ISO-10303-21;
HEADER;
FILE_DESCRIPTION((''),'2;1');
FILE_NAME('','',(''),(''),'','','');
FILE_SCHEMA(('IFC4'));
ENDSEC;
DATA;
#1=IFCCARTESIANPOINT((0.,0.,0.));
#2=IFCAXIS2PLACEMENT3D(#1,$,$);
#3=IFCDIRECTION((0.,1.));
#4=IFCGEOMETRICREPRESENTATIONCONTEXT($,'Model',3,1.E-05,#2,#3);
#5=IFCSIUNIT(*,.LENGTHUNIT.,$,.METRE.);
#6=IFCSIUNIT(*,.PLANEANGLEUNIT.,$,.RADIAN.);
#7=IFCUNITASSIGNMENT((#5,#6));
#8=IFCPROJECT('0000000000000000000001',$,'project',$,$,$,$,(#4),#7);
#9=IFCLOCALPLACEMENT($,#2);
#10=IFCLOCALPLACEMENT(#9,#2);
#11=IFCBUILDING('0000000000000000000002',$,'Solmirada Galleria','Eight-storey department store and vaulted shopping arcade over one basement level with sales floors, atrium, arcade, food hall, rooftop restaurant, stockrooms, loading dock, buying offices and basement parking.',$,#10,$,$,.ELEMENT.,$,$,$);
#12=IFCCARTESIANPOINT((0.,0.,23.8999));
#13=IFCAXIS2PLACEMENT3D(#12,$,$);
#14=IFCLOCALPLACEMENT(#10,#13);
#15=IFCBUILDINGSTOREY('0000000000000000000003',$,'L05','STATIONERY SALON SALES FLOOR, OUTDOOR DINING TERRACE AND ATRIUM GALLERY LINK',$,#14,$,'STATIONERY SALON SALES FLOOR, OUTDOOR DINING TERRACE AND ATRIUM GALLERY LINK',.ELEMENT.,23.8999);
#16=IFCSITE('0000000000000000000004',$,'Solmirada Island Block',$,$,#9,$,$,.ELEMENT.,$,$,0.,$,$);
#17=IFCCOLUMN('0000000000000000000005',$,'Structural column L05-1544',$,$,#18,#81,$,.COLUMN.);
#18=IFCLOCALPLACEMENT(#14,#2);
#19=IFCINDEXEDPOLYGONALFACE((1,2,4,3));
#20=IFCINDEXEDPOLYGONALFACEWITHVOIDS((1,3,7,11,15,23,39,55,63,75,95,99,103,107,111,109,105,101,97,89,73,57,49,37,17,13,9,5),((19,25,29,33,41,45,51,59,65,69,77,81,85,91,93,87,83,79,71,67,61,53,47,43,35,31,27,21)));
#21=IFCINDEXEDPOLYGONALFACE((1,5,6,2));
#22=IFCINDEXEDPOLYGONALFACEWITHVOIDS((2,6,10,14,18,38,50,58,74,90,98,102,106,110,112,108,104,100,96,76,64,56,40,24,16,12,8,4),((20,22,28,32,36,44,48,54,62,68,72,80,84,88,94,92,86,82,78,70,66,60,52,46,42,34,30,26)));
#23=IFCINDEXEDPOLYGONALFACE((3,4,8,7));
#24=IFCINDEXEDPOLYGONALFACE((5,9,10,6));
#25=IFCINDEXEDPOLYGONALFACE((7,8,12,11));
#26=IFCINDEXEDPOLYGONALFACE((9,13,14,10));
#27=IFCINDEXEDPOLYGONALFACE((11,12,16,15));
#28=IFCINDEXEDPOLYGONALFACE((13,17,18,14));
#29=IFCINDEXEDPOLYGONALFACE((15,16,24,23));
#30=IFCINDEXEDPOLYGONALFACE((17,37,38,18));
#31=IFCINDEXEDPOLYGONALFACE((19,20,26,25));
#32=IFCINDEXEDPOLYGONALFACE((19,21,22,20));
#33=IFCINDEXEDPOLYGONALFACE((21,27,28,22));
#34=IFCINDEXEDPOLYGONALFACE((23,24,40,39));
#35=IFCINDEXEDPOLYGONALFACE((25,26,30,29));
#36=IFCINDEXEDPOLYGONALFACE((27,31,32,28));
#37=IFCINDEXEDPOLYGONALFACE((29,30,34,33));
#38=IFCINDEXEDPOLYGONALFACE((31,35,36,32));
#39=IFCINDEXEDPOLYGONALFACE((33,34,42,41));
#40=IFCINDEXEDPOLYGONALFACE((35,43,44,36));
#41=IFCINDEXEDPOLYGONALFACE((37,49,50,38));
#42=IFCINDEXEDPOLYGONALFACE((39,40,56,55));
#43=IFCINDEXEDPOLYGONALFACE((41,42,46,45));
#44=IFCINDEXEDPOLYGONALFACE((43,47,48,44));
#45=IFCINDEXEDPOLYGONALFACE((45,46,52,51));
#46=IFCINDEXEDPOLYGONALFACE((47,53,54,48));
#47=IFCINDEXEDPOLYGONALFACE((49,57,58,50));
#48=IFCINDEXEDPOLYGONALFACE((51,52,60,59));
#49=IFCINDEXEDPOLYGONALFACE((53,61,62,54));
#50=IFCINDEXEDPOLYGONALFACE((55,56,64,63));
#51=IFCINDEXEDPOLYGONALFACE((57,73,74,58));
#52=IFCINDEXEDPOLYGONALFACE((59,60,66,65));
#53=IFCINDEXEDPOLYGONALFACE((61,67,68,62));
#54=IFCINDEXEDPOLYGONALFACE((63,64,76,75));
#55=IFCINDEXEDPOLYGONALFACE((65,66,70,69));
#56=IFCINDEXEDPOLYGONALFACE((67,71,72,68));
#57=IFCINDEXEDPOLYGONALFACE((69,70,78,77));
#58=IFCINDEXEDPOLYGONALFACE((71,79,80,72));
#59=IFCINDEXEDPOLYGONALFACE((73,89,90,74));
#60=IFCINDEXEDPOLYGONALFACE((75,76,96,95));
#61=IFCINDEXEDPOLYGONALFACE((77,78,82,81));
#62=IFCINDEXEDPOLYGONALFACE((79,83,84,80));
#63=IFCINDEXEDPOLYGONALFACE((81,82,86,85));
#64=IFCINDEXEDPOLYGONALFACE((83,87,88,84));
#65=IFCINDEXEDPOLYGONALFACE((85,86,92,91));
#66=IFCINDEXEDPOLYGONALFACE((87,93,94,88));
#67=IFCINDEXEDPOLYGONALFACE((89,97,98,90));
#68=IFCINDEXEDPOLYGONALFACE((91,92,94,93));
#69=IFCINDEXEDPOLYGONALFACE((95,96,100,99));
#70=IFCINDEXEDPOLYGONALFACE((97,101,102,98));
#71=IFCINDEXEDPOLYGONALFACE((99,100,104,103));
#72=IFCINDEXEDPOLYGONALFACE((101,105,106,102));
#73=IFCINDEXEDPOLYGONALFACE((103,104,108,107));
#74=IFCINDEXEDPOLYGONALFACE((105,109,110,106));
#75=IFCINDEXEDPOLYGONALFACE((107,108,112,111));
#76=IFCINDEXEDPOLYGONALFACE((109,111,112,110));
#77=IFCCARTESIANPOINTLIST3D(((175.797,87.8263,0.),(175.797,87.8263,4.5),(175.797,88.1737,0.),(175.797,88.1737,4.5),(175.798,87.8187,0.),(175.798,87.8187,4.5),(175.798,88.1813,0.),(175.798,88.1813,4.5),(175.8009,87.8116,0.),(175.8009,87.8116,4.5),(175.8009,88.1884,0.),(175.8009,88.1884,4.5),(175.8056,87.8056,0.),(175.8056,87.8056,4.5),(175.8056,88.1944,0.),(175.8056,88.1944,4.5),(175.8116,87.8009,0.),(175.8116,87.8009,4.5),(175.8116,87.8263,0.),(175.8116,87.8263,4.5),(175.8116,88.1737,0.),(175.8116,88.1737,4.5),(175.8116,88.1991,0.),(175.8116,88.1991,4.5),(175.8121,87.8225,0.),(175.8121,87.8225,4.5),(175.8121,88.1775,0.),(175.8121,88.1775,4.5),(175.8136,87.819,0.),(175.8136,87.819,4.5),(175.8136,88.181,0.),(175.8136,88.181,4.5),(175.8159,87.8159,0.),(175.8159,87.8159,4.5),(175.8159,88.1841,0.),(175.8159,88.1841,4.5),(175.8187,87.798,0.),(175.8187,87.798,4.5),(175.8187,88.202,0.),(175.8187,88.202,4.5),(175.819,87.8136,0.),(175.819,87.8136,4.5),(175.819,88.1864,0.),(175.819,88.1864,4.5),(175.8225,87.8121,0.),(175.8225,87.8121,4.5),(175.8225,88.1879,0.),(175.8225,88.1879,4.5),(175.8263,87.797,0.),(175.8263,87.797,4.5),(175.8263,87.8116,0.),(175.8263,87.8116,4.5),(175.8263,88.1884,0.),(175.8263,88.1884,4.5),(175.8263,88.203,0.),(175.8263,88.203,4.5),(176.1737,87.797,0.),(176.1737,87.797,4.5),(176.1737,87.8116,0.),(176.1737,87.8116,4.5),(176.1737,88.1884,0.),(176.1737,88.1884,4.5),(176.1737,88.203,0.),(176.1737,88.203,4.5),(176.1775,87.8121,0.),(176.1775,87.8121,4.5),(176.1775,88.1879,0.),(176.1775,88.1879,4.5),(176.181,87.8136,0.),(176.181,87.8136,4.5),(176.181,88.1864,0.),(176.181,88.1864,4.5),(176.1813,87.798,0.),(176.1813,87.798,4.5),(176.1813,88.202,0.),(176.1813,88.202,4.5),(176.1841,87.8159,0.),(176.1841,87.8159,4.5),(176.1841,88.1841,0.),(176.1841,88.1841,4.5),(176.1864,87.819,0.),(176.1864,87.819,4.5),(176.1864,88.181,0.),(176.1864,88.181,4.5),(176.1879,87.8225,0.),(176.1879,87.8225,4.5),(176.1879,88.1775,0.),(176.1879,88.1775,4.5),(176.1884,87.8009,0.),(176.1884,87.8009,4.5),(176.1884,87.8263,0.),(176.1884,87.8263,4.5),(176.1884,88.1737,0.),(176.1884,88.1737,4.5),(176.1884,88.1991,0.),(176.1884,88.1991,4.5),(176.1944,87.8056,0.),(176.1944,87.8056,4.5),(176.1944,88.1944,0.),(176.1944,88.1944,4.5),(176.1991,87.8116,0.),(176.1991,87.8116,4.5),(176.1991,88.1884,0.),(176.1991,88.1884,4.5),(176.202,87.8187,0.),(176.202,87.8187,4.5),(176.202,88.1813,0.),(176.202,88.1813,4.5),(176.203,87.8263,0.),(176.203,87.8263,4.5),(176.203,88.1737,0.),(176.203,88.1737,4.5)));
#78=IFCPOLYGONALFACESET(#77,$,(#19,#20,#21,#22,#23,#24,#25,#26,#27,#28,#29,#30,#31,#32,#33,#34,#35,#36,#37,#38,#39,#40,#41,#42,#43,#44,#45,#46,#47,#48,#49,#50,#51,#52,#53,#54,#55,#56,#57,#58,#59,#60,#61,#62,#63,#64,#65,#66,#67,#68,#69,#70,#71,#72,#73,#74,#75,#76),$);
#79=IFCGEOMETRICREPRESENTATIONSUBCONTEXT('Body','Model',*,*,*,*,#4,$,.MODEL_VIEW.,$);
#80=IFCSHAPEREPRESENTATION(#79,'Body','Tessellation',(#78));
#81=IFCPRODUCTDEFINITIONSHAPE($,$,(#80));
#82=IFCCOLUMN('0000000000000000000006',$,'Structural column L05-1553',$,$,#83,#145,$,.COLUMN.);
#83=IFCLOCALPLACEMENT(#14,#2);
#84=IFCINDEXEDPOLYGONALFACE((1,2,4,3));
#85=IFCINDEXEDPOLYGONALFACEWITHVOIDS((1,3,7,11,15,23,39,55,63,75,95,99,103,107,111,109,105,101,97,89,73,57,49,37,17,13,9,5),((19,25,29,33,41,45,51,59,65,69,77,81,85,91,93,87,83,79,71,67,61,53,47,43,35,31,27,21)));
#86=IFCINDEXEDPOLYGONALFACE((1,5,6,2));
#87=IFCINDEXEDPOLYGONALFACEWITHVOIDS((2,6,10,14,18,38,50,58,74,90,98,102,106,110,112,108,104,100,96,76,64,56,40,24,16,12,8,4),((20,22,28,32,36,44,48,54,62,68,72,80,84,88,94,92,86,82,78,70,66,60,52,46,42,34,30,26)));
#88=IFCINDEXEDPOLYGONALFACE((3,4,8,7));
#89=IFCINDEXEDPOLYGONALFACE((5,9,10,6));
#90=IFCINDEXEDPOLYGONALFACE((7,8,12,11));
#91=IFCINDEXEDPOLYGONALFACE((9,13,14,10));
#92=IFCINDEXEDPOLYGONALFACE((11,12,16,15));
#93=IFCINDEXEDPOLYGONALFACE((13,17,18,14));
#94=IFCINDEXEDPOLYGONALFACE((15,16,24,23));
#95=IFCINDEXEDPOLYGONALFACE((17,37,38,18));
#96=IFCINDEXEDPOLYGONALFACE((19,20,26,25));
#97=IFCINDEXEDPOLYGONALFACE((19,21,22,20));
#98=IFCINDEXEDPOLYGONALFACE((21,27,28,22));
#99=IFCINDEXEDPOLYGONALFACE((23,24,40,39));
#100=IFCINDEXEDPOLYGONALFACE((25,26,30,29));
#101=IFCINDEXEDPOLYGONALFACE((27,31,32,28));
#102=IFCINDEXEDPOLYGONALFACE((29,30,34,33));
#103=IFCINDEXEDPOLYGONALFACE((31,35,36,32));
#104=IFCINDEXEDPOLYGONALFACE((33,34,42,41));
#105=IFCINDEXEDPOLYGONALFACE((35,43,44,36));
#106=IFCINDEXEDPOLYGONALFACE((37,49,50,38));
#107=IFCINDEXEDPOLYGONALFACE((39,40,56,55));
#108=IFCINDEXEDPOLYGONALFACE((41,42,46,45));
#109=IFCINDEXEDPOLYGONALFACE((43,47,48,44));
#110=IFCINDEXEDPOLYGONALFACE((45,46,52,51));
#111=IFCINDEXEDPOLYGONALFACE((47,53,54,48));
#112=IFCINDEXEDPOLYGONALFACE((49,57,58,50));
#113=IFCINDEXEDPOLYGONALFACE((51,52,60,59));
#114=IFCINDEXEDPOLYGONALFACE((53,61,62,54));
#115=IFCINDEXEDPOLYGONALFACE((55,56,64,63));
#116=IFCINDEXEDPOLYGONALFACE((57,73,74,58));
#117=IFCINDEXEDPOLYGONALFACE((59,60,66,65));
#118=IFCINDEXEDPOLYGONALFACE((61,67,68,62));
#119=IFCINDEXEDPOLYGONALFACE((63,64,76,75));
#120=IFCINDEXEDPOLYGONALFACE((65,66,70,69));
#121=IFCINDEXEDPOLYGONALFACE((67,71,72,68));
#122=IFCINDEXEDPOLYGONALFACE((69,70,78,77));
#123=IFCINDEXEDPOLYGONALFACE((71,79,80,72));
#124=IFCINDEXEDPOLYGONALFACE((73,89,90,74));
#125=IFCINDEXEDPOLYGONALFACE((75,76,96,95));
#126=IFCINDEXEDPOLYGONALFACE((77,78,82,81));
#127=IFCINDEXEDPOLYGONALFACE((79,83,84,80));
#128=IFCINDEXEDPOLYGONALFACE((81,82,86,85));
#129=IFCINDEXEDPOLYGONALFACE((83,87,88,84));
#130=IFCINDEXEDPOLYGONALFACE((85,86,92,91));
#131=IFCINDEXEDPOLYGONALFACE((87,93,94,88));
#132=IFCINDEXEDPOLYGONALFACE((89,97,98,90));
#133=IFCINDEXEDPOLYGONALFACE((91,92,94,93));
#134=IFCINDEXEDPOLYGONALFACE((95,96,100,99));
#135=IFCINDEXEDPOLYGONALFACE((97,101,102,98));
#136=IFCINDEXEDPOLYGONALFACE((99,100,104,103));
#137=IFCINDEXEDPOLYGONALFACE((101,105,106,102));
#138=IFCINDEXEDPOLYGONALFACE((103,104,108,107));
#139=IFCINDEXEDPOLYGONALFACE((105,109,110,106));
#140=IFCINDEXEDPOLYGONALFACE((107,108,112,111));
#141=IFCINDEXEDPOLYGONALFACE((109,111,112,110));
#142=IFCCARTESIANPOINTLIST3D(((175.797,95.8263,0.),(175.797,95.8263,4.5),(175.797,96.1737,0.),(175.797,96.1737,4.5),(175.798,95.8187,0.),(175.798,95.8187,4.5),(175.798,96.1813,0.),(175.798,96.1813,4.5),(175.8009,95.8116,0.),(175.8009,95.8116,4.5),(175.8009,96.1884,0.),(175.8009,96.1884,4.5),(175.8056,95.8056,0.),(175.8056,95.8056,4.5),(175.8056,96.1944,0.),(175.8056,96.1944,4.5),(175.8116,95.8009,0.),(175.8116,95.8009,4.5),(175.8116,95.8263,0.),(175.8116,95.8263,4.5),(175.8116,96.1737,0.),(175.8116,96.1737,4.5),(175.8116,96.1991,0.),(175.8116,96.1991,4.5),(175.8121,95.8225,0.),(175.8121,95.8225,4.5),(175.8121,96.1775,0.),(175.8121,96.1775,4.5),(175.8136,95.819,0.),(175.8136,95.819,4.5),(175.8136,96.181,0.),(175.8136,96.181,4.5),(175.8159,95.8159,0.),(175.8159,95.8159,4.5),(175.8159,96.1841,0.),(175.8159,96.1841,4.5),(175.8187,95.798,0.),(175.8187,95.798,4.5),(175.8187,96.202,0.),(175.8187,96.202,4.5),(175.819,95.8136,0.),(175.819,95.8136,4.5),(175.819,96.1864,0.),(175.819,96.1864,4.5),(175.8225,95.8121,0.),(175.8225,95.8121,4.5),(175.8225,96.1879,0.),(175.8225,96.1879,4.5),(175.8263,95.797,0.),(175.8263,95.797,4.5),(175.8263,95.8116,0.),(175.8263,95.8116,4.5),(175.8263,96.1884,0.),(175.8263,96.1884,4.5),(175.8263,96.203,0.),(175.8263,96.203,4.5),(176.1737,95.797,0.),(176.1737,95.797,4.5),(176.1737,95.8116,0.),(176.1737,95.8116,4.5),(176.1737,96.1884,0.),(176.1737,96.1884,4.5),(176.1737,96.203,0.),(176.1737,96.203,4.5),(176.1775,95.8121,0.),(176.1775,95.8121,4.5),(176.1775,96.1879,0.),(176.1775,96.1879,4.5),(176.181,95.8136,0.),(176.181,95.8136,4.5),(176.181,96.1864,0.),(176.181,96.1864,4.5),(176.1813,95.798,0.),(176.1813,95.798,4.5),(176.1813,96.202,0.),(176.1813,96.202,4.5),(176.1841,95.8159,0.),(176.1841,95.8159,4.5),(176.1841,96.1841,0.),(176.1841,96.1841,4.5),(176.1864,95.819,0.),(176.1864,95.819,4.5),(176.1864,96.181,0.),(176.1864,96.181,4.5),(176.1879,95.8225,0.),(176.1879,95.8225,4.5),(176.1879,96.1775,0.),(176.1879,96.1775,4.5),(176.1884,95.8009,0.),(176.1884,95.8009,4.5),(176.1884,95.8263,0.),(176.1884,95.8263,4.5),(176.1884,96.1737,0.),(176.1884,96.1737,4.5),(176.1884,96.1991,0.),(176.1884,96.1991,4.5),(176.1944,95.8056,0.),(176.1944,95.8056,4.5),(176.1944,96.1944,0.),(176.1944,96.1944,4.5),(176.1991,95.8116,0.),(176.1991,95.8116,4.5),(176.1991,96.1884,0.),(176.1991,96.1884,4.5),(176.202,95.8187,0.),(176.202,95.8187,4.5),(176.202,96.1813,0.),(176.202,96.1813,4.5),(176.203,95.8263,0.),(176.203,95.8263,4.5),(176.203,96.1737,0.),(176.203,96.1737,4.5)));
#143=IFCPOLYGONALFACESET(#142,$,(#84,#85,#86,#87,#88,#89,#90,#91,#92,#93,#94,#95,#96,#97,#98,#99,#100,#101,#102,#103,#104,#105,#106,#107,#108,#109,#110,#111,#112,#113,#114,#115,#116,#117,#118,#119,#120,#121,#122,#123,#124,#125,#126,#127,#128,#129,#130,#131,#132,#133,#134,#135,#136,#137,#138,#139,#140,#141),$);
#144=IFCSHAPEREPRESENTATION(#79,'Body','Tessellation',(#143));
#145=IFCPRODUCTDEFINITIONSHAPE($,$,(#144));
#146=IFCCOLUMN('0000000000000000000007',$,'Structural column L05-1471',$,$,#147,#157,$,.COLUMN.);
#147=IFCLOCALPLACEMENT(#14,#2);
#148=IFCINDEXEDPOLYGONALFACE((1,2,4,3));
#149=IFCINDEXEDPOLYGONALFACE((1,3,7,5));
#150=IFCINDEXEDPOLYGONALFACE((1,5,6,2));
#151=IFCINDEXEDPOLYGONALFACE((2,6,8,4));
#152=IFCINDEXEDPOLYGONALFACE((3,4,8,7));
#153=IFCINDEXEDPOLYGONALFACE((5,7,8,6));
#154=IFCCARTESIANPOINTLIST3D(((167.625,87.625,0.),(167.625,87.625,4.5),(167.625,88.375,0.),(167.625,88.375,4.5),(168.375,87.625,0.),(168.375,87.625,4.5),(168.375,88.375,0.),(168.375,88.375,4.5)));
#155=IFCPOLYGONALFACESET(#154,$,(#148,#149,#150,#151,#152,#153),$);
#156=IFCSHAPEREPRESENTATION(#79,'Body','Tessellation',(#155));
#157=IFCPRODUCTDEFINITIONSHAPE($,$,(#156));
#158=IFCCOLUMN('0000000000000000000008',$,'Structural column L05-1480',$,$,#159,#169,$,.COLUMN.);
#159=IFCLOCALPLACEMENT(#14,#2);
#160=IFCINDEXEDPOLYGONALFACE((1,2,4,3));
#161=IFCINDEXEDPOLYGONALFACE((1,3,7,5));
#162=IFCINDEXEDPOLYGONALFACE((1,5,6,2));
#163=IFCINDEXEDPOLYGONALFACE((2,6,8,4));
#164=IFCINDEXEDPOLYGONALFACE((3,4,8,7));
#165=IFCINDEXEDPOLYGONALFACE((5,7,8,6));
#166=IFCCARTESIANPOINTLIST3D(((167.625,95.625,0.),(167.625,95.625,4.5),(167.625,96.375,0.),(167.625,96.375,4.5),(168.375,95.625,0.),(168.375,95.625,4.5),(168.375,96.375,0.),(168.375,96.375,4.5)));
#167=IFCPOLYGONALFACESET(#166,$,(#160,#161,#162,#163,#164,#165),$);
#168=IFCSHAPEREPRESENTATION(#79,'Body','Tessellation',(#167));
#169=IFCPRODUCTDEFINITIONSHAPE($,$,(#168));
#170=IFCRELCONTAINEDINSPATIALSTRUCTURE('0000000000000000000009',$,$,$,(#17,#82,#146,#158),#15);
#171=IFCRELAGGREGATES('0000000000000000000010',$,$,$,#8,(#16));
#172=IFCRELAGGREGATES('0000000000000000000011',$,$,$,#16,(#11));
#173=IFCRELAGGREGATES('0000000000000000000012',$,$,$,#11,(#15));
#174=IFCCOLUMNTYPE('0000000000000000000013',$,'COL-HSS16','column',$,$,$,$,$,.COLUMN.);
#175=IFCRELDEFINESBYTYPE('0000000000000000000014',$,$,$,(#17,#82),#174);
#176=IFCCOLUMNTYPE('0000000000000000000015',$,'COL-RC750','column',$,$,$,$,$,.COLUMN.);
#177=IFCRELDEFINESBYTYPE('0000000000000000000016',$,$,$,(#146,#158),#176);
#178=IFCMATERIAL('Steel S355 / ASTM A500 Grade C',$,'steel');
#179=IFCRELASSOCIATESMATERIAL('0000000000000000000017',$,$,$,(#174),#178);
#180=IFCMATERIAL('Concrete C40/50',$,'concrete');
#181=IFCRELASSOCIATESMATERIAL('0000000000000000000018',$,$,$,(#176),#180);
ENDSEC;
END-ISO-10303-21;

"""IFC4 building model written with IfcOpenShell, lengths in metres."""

from ifc_helpers import new_model, si_unit, direction, frame, origin, origin_2d, place, context, subcontext, project, spatial, rectangle, hollow_rectangle, extrude, material, material_profile, profile_set, type_object, element, save


model = new_model("IFC4")

# Units and contexts
model_context = context("Model", 3, precision=1e-05, world=origin(), true_north=direction((0.0, 1.0)))
body_context = subcontext(model_context, "Body", "Model", "MODEL_VIEW")
ifc_project = project(units=[si_unit("LENGTHUNIT", "METRE"), si_unit("PLANEANGLEUNIT", "RADIAN")], contexts=[model_context])

# Site, building, storey
site_placement = place(None, origin())
site = spatial("IfcSite", under=ifc_project, at=site_placement, Name="Solmirada Island Block", CompositionType="ELEMENT", RefElevation=0.0)
building_placement = place(site_placement, origin())
building = spatial("IfcBuilding", under=site, at=building_placement, Name="Solmirada Galleria", Description="Eight-storey department store and vaulted shopping arcade over one basement level with sales floors, atrium, arcade, food hall, rooftop restaurant, stockrooms, loading dock, buying offices and basement parking.", CompositionType="ELEMENT")
storey_placement = place(building_placement, frame((0.0, 0.0, 23.8999)))
storey = spatial("IfcBuildingStorey", under=building, at=storey_placement, Name="L05", Description="STATIONERY SALON SALES FLOOR, OUTDOOR DINING TERRACE AND ATRIUM GALLERY LINK", LongName="STATIONERY SALON SALES FLOOR, OUTDOOR DINING TERRACE AND ATRIUM GALLERY LINK", CompositionType="ELEMENT", Elevation=23.8999)

# Columns
ifc_material_1 = material(Name="Steel S355 / ASTM A500 Grade C", Category="steel")
ifc_material_profile_1 = material_profile(ifc_material_1, hollow_rectangle(XDim=0.406, YDim=0.406, WallThickness=0.0146, InnerFilletRadius=0.0146, OuterFilletRadius=0.0293, at=origin_2d()), Name="HSS16X16X5/8")
ifc_profile_set_1 = profile_set([ifc_material_profile_1], Name="Steel S355 / ASTM A500 Grade C")
column_type_1 = type_object("IfcColumnType", Name="COL-HSS16", Description="column", PredefinedType="COLUMN", material=ifc_profile_set_1)
for number, where, z_axis, x_axis, name in (
    (1, (176.0, 88.0, 0.0), (0.0, 0.0, 1.0), (1.0, 0.0, 0.0), "Structural column L05-1544"),
    (2, (176.0, 96.0, 0.0), (0.0, 0.0, 1.0), (1.0, 0.0, 0.0), "Structural column L05-1553"),
):
    element("IfcColumn", number, at=place(storey_placement, frame(where, z_axis=z_axis, x_axis=x_axis)), inside=storey, type_object=column_type_1, Name=name, PredefinedType="COLUMN", context=body_context, shape_type="SweptSolid", body=[
        extrude(hollow_rectangle(XDim=0.406, YDim=0.406, WallThickness=0.0146, InnerFilletRadius=0.0146, OuterFilletRadius=0.0293, at=origin_2d()), origin(), (0.0, 0.0, 1.0), 4.5),
    ])
ifc_material_2 = material(Name="Concrete C40/50", Category="concrete")
ifc_material_profile_2 = material_profile(ifc_material_2, rectangle(XDim=0.75, YDim=0.75, at=origin_2d()), Name="RC750X750")
ifc_profile_set_2 = profile_set([ifc_material_profile_2], Name="Concrete C40/50")
column_type_2 = type_object("IfcColumnType", Name="COL-RC750", Description="column", PredefinedType="COLUMN", material=ifc_profile_set_2)
for number, where, z_axis, x_axis, name in (
    (3, (168.0, 88.0, 0.0), (0.0, 0.0, 1.0), (1.0, 0.0, 0.0), "Structural column L05-1471"),
    (4, (168.0, 96.0, 0.0), (0.0, 0.0, 1.0), (1.0, 0.0, 0.0), "Structural column L05-1480"),
):
    element("IfcColumn", number, at=place(storey_placement, frame(where, z_axis=z_axis, x_axis=x_axis)), inside=storey, type_object=column_type_2, Name=name, PredefinedType="COLUMN", context=body_context, shape_type="SweptSolid", body=[
        extrude(rectangle(XDim=0.75, YDim=0.75, at=origin_2d()), origin(), (0.0, 0.0, 1.0), 4.5),
    ])

save(model, "model.ifc")
